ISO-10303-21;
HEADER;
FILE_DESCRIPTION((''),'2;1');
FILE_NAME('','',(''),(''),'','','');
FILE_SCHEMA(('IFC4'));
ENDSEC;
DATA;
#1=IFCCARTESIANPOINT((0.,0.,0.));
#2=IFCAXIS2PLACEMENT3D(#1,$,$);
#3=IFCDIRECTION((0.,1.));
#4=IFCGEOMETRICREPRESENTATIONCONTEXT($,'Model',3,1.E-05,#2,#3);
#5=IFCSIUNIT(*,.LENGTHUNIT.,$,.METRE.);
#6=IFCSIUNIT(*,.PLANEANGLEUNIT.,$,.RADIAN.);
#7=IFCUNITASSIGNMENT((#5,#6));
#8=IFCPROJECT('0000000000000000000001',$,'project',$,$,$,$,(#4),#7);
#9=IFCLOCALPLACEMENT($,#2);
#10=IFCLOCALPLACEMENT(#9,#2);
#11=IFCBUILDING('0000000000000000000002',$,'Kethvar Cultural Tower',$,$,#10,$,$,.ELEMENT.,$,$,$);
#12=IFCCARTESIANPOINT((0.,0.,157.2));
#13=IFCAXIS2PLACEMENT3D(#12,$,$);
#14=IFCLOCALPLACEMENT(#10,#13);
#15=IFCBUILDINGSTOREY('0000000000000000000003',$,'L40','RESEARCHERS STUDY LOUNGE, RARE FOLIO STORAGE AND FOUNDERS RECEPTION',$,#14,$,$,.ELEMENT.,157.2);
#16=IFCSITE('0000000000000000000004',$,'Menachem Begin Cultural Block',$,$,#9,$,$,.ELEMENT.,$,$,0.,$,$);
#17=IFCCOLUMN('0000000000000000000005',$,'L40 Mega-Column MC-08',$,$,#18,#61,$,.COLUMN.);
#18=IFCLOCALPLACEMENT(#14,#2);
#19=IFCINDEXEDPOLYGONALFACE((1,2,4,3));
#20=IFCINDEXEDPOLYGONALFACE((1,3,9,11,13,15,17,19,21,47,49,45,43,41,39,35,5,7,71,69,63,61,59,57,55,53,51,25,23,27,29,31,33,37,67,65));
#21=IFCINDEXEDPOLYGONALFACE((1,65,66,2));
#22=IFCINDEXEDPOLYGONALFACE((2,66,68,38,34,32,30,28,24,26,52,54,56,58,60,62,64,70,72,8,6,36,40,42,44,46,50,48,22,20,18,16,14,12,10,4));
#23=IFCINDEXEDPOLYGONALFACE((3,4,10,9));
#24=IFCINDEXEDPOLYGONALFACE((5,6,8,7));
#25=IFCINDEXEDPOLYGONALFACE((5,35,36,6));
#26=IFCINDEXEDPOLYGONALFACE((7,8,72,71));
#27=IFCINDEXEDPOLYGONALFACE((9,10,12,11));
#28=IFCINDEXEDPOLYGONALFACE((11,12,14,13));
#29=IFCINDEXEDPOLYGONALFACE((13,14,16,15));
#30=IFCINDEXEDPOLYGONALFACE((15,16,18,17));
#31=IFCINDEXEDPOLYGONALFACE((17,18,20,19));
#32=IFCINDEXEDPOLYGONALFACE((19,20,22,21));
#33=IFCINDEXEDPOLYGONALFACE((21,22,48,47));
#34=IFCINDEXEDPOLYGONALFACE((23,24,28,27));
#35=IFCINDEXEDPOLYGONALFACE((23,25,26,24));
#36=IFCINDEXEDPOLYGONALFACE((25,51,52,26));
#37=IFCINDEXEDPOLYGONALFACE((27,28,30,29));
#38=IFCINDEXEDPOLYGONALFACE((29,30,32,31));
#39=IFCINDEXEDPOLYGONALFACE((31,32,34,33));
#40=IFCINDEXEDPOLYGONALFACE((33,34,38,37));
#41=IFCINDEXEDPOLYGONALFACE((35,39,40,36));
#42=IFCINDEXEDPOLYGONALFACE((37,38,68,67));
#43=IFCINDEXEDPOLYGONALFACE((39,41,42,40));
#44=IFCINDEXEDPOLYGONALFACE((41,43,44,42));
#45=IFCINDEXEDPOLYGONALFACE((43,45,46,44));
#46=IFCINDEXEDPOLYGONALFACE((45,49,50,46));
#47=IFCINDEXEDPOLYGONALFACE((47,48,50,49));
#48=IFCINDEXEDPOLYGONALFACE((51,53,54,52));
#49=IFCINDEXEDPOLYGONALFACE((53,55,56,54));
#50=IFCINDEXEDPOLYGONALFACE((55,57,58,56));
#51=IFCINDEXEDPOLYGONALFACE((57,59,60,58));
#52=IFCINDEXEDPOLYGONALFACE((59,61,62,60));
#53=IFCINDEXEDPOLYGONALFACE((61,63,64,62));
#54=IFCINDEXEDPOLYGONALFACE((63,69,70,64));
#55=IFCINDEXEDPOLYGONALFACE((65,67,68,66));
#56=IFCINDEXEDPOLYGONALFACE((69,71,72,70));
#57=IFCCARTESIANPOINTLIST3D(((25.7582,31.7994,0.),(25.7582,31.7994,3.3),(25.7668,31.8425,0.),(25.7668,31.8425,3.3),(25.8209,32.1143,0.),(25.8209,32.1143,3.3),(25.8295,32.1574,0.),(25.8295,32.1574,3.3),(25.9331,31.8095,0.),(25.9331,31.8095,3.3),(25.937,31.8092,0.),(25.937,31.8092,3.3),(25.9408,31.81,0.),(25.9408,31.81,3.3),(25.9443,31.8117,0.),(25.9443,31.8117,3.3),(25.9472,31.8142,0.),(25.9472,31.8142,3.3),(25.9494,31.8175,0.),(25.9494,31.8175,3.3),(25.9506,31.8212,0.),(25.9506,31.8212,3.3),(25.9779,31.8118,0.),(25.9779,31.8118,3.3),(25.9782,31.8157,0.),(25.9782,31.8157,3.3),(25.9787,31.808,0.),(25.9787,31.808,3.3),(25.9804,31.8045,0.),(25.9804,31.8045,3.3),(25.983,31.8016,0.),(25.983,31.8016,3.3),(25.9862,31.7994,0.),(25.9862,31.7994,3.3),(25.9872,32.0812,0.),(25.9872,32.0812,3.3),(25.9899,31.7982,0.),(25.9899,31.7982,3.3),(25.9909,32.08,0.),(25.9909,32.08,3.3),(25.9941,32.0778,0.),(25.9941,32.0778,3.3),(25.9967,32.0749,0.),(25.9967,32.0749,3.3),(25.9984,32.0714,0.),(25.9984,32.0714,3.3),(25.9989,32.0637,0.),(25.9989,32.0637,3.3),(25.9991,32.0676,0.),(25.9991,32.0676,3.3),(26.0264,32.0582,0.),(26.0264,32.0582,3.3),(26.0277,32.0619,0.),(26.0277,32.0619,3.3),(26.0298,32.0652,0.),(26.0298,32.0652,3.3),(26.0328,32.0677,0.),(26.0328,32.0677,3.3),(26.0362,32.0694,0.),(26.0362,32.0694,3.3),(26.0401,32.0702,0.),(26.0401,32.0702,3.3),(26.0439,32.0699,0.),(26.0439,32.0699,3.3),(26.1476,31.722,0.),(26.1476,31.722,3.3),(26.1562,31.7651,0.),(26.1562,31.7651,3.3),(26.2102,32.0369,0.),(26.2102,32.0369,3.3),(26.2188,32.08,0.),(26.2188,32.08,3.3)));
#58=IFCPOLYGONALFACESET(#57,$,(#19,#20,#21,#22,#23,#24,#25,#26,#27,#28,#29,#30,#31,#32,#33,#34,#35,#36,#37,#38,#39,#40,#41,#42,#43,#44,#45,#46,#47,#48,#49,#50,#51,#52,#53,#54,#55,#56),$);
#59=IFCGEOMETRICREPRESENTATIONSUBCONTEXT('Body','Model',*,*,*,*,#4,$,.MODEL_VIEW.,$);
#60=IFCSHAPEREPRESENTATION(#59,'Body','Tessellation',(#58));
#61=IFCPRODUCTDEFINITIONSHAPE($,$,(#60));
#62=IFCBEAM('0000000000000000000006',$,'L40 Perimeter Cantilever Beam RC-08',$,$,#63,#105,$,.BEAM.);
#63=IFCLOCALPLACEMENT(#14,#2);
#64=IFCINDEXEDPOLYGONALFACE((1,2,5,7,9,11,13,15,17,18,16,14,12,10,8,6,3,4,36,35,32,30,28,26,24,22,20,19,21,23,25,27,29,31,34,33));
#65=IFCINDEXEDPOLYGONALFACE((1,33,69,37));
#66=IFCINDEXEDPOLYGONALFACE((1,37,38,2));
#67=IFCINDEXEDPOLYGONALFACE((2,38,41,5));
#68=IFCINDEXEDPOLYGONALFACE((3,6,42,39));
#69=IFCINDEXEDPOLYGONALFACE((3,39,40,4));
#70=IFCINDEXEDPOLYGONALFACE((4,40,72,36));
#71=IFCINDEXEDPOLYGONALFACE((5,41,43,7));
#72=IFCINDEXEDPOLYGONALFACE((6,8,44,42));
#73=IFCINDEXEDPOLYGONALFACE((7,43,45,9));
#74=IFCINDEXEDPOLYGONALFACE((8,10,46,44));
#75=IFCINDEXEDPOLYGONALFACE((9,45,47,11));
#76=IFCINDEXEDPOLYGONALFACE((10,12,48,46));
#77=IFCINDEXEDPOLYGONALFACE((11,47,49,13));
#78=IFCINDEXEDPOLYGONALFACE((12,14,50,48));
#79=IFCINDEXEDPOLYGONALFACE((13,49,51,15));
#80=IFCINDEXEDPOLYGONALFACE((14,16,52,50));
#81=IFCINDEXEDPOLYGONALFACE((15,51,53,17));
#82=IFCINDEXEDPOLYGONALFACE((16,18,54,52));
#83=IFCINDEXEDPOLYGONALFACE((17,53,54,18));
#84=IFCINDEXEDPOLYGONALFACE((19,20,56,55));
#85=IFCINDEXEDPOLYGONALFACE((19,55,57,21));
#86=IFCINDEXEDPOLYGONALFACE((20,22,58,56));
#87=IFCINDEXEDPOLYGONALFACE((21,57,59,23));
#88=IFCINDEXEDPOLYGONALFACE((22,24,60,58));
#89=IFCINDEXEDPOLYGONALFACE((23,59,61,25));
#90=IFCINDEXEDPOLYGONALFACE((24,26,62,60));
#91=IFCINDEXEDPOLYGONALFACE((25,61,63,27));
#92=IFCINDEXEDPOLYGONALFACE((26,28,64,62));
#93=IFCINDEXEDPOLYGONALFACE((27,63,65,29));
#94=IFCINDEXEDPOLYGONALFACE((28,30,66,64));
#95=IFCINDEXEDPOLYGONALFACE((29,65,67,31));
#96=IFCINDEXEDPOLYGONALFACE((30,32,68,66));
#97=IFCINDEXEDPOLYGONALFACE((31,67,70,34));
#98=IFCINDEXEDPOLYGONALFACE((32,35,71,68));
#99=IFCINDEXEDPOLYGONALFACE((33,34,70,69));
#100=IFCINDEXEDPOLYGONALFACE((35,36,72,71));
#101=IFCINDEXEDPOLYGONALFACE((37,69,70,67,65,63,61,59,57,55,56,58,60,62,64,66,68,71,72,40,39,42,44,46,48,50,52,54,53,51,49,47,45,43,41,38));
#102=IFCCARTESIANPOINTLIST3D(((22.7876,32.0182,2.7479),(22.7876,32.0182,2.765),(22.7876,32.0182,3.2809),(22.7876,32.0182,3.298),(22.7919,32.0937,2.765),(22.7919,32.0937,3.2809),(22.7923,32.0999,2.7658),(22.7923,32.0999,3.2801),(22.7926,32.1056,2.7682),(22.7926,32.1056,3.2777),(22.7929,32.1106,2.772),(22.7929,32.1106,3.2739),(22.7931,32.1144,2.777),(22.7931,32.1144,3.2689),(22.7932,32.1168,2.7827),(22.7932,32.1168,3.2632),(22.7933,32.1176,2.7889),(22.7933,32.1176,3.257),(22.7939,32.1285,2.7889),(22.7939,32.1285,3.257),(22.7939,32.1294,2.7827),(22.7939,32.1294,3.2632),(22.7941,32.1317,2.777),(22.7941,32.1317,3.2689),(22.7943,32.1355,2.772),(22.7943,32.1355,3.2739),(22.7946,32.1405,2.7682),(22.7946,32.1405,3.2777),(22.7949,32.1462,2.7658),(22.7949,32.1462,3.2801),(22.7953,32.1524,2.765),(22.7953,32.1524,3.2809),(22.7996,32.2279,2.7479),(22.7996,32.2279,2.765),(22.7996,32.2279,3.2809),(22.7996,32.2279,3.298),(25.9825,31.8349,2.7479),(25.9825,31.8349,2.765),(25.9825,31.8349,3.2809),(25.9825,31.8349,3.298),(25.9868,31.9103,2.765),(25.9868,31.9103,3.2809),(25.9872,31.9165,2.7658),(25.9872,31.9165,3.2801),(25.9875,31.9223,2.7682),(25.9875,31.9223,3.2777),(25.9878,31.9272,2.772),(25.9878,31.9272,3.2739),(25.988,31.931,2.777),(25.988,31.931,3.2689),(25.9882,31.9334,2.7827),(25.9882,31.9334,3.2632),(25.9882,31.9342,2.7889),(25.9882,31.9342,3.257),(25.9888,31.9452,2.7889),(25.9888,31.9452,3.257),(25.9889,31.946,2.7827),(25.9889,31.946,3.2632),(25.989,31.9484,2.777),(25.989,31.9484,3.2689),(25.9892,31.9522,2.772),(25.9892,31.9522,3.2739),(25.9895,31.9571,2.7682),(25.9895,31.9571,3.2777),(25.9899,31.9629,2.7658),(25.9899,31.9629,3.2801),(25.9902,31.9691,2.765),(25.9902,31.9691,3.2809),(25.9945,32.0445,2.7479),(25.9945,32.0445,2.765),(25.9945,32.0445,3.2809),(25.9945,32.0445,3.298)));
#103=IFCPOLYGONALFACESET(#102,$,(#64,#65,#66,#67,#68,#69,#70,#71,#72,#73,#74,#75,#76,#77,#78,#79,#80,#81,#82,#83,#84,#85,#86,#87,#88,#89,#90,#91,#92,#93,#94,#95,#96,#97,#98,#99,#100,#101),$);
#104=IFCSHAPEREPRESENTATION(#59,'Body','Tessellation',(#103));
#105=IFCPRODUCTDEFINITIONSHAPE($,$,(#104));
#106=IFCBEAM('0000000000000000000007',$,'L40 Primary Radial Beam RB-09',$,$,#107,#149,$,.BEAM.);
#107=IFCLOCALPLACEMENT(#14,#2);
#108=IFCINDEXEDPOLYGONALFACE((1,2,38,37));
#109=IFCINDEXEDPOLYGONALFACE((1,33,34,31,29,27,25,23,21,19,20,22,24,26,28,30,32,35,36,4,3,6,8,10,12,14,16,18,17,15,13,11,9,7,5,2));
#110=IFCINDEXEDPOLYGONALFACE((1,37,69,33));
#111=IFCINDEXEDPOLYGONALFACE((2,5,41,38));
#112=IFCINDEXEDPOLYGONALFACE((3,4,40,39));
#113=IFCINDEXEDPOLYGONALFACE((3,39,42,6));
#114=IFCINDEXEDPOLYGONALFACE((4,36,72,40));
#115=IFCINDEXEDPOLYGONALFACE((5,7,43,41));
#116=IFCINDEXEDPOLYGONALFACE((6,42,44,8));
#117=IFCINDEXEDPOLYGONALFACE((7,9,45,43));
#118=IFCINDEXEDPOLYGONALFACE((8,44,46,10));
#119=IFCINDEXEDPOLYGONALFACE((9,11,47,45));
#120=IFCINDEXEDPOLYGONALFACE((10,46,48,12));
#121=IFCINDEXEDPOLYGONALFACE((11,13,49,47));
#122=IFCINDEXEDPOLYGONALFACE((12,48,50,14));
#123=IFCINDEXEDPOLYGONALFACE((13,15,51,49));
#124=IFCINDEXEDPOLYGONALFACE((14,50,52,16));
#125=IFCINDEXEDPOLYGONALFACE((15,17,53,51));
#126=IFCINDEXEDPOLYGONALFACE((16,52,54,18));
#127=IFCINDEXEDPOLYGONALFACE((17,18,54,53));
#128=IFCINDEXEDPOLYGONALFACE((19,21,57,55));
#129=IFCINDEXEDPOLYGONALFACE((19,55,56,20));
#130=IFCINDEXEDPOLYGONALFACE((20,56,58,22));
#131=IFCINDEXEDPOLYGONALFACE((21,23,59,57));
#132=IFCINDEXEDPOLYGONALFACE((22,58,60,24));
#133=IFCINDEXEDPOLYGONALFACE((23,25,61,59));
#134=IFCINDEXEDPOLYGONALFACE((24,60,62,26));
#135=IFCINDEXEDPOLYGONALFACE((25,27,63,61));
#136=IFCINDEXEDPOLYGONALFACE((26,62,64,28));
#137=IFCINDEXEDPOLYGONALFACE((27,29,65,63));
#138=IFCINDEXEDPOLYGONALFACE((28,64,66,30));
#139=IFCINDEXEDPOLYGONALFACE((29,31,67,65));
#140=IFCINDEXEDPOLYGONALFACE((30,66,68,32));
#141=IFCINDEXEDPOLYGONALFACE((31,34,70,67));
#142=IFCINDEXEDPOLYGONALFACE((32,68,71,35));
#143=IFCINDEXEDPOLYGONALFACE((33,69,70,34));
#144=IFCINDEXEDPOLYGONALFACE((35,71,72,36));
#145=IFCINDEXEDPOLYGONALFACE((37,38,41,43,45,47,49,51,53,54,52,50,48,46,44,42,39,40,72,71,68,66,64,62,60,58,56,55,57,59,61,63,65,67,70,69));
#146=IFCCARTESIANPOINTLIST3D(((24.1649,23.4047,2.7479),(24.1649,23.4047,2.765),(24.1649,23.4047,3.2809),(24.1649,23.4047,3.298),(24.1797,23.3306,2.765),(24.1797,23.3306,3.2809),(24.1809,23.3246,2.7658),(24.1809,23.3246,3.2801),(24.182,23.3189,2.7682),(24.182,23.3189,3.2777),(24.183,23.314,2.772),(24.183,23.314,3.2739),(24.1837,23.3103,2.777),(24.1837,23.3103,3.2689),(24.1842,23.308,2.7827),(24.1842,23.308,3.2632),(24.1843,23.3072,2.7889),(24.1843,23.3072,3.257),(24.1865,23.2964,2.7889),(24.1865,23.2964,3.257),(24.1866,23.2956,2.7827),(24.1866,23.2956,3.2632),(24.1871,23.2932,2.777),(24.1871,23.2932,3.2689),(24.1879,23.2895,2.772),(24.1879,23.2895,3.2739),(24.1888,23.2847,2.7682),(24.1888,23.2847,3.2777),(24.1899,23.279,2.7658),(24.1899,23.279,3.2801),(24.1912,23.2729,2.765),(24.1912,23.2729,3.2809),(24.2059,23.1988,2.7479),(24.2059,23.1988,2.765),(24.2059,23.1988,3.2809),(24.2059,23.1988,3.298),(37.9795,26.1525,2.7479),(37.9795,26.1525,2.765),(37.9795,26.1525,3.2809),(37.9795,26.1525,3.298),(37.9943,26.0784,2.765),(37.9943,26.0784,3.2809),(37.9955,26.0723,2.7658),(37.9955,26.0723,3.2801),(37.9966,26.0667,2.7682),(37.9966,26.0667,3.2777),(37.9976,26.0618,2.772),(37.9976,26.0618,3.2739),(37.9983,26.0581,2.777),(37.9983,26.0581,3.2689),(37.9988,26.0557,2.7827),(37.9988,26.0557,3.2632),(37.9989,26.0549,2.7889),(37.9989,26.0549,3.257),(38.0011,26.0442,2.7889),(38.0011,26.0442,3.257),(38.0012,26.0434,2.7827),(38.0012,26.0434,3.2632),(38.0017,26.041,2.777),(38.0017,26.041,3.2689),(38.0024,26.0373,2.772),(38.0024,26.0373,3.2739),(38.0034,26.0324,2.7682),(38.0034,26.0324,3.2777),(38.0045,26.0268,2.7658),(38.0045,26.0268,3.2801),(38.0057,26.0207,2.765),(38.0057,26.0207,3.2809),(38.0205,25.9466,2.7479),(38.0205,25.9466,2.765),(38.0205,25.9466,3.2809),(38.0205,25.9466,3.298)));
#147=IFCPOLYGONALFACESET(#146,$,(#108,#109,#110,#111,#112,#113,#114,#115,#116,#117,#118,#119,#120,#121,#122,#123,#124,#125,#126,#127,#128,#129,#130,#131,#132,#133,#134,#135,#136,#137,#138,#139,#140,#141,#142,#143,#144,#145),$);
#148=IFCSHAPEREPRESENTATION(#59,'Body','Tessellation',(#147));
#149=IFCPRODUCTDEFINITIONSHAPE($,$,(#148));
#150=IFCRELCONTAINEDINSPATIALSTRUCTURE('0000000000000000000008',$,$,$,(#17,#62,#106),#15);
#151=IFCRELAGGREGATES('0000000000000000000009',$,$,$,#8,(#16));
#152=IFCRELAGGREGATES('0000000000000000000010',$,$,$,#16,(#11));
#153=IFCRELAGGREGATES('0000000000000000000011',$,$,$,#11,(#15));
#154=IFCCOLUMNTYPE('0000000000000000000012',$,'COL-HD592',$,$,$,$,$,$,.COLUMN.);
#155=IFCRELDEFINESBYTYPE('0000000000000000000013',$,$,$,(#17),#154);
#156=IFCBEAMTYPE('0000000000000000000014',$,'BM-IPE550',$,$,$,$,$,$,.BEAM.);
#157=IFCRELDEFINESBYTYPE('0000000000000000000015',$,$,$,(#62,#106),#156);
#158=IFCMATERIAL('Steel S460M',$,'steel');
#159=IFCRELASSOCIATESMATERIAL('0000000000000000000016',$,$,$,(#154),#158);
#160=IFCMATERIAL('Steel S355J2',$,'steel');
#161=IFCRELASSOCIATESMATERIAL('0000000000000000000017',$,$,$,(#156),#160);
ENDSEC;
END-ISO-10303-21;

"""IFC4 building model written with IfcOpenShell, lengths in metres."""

from ifc_helpers import new_model, si_unit, direction, frame, origin, origin_2d, place, context, subcontext, project, spatial, i_section, extrude, source, transform, mapped, material, material_profile, profile_set, type_object, element, save


model = new_model("IFC4")

# Units and contexts
model_context = context("Model", 3, precision=1e-05, world=origin(), true_north=direction((0.0, 1.0)))
body_context = subcontext(model_context, "Body", "Model", "MODEL_VIEW")
ifc_project = project(units=[si_unit("LENGTHUNIT", "METRE"), si_unit("PLANEANGLEUNIT", "RADIAN")], contexts=[model_context])

# Site, building, storey
site_placement = place(None, origin())
site = spatial("IfcSite", under=ifc_project, at=site_placement, Name="Menachem Begin Cultural Block", CompositionType="ELEMENT", RefElevation=0.0)
building_placement = place(site_placement, origin())
building = spatial("IfcBuilding", under=site, at=building_placement, Name="Kethvar Cultural Tower", CompositionType="ELEMENT")
storey_placement = place(building_placement, frame((0.0, 0.0, 157.2)))
storey = spatial("IfcBuildingStorey", under=building, at=storey_placement, Name="L40", Description="RESEARCHERS STUDY LOUNGE, RARE FOLIO STORAGE AND FOUNDERS RECEPTION", CompositionType="ELEMENT", Elevation=157.2)

# Column
ifc_material_1 = material(Name="Steel S460M", Category="steel")
ifc_material_profile_1 = material_profile(ifc_material_1, i_section(OverallWidth=0.397, OverallDepth=0.365, WebThickness=0.0281, FlangeThickness=0.0439, FilletRadius=0.0149, at=origin_2d()), Name="Steel S460M — HD400x592")
ifc_profile_set_1 = profile_set([ifc_material_profile_1], Name="Steel S460M — HD400x592")
column_type = type_object("IfcColumnType", Name="COL-HD592", PredefinedType="COLUMN", material=ifc_profile_set_1)
shared_shape_1 = source(origin(), body_context, "Body", "SweptSolid", [
    extrude(i_section(OverallWidth=0.397, OverallDepth=0.365, WebThickness=0.0281, FlangeThickness=0.0439, FilletRadius=0.0149, at=origin_2d()), origin(), (0.0, 0.0, 1.0), 3.3),
])
column_placement = place(storey_placement, frame((25.9885, 31.9397, 0.0), z_axis=(0.0, 0.0, 1.0), x_axis=(-0.980785, 0.19509, 0.0)))
element("IfcColumn", 1, at=column_placement, inside=storey, type_object=column_type, Name="L40 Mega-Column MC-08", PredefinedType="COLUMN", context=body_context, shape_type="MappedRepresentation", body=[
    mapped(shared_shape_1, transform((0.0, 0.0, 0.0), scale=1.0)),
])

# Beams
ifc_material_2 = material(Name="Steel S355J2", Category="steel")
ifc_material_profile_2 = material_profile(ifc_material_2, i_section(OverallWidth=0.21, OverallDepth=0.55, WebThickness=0.011, FlangeThickness=0.0171, FilletRadius=0.0239, at=origin_2d()), Name="Steel S355J2 — IPE550")
ifc_profile_set_2 = profile_set([ifc_material_profile_2], Name="Steel S355J2 — IPE550")
beam_type_1 = type_object("IfcBeamType", Name="BM-IPE550", PredefinedType="BEAM", material=ifc_profile_set_2)
shared_shape_2 = source(origin(), body_context, "Body", "SweptSolid", [
    extrude(i_section(OverallWidth=0.21, OverallDepth=0.55, WebThickness=0.011, FlangeThickness=0.0171, FilletRadius=0.0239, at=origin_2d()), origin(), (0.0, 0.0, 1.0), 3.2002),
])
beam_1_placement = place(storey_placement, frame((25.9885, 31.9397, 3.0229), z_axis=(-0.998357, 0.057295, 0.0), x_axis=(-0.057295, -0.998357, 0.0)))
element("IfcBeam", 2, at=beam_1_placement, inside=storey, type_object=beam_type_1, Name="L40 Perimeter Cantilever Beam RC-08", PredefinedType="BEAM", context=body_context, shape_type="MappedRepresentation", body=[
    mapped(shared_shape_2, transform((0.0, 0.0, 0.0), scale=1.0)),
])
shared_shape_3 = source(origin(), body_context, "Body", "SweptSolid", [
    extrude(i_section(OverallWidth=0.21, OverallDepth=0.55, WebThickness=0.011, FlangeThickness=0.0171, FilletRadius=0.0239, at=origin_2d()), origin(), (0.0, 0.0, 1.0), 14.0852),
])
beam_2_placement = place(storey_placement, frame((38.0, 26.0496, 3.0229), z_axis=(-0.980787, -0.195083, 0.0), x_axis=(0.195083, -0.980787, 0.0)))
element("IfcBeam", 3, at=beam_2_placement, inside=storey, type_object=beam_type_1, Name="L40 Primary Radial Beam RB-09", PredefinedType="BEAM", context=body_context, shape_type="MappedRepresentation", body=[
    mapped(shared_shape_3, transform((0.0, 0.0, 0.0), scale=1.0)),
])

save(model, "model.ifc")
